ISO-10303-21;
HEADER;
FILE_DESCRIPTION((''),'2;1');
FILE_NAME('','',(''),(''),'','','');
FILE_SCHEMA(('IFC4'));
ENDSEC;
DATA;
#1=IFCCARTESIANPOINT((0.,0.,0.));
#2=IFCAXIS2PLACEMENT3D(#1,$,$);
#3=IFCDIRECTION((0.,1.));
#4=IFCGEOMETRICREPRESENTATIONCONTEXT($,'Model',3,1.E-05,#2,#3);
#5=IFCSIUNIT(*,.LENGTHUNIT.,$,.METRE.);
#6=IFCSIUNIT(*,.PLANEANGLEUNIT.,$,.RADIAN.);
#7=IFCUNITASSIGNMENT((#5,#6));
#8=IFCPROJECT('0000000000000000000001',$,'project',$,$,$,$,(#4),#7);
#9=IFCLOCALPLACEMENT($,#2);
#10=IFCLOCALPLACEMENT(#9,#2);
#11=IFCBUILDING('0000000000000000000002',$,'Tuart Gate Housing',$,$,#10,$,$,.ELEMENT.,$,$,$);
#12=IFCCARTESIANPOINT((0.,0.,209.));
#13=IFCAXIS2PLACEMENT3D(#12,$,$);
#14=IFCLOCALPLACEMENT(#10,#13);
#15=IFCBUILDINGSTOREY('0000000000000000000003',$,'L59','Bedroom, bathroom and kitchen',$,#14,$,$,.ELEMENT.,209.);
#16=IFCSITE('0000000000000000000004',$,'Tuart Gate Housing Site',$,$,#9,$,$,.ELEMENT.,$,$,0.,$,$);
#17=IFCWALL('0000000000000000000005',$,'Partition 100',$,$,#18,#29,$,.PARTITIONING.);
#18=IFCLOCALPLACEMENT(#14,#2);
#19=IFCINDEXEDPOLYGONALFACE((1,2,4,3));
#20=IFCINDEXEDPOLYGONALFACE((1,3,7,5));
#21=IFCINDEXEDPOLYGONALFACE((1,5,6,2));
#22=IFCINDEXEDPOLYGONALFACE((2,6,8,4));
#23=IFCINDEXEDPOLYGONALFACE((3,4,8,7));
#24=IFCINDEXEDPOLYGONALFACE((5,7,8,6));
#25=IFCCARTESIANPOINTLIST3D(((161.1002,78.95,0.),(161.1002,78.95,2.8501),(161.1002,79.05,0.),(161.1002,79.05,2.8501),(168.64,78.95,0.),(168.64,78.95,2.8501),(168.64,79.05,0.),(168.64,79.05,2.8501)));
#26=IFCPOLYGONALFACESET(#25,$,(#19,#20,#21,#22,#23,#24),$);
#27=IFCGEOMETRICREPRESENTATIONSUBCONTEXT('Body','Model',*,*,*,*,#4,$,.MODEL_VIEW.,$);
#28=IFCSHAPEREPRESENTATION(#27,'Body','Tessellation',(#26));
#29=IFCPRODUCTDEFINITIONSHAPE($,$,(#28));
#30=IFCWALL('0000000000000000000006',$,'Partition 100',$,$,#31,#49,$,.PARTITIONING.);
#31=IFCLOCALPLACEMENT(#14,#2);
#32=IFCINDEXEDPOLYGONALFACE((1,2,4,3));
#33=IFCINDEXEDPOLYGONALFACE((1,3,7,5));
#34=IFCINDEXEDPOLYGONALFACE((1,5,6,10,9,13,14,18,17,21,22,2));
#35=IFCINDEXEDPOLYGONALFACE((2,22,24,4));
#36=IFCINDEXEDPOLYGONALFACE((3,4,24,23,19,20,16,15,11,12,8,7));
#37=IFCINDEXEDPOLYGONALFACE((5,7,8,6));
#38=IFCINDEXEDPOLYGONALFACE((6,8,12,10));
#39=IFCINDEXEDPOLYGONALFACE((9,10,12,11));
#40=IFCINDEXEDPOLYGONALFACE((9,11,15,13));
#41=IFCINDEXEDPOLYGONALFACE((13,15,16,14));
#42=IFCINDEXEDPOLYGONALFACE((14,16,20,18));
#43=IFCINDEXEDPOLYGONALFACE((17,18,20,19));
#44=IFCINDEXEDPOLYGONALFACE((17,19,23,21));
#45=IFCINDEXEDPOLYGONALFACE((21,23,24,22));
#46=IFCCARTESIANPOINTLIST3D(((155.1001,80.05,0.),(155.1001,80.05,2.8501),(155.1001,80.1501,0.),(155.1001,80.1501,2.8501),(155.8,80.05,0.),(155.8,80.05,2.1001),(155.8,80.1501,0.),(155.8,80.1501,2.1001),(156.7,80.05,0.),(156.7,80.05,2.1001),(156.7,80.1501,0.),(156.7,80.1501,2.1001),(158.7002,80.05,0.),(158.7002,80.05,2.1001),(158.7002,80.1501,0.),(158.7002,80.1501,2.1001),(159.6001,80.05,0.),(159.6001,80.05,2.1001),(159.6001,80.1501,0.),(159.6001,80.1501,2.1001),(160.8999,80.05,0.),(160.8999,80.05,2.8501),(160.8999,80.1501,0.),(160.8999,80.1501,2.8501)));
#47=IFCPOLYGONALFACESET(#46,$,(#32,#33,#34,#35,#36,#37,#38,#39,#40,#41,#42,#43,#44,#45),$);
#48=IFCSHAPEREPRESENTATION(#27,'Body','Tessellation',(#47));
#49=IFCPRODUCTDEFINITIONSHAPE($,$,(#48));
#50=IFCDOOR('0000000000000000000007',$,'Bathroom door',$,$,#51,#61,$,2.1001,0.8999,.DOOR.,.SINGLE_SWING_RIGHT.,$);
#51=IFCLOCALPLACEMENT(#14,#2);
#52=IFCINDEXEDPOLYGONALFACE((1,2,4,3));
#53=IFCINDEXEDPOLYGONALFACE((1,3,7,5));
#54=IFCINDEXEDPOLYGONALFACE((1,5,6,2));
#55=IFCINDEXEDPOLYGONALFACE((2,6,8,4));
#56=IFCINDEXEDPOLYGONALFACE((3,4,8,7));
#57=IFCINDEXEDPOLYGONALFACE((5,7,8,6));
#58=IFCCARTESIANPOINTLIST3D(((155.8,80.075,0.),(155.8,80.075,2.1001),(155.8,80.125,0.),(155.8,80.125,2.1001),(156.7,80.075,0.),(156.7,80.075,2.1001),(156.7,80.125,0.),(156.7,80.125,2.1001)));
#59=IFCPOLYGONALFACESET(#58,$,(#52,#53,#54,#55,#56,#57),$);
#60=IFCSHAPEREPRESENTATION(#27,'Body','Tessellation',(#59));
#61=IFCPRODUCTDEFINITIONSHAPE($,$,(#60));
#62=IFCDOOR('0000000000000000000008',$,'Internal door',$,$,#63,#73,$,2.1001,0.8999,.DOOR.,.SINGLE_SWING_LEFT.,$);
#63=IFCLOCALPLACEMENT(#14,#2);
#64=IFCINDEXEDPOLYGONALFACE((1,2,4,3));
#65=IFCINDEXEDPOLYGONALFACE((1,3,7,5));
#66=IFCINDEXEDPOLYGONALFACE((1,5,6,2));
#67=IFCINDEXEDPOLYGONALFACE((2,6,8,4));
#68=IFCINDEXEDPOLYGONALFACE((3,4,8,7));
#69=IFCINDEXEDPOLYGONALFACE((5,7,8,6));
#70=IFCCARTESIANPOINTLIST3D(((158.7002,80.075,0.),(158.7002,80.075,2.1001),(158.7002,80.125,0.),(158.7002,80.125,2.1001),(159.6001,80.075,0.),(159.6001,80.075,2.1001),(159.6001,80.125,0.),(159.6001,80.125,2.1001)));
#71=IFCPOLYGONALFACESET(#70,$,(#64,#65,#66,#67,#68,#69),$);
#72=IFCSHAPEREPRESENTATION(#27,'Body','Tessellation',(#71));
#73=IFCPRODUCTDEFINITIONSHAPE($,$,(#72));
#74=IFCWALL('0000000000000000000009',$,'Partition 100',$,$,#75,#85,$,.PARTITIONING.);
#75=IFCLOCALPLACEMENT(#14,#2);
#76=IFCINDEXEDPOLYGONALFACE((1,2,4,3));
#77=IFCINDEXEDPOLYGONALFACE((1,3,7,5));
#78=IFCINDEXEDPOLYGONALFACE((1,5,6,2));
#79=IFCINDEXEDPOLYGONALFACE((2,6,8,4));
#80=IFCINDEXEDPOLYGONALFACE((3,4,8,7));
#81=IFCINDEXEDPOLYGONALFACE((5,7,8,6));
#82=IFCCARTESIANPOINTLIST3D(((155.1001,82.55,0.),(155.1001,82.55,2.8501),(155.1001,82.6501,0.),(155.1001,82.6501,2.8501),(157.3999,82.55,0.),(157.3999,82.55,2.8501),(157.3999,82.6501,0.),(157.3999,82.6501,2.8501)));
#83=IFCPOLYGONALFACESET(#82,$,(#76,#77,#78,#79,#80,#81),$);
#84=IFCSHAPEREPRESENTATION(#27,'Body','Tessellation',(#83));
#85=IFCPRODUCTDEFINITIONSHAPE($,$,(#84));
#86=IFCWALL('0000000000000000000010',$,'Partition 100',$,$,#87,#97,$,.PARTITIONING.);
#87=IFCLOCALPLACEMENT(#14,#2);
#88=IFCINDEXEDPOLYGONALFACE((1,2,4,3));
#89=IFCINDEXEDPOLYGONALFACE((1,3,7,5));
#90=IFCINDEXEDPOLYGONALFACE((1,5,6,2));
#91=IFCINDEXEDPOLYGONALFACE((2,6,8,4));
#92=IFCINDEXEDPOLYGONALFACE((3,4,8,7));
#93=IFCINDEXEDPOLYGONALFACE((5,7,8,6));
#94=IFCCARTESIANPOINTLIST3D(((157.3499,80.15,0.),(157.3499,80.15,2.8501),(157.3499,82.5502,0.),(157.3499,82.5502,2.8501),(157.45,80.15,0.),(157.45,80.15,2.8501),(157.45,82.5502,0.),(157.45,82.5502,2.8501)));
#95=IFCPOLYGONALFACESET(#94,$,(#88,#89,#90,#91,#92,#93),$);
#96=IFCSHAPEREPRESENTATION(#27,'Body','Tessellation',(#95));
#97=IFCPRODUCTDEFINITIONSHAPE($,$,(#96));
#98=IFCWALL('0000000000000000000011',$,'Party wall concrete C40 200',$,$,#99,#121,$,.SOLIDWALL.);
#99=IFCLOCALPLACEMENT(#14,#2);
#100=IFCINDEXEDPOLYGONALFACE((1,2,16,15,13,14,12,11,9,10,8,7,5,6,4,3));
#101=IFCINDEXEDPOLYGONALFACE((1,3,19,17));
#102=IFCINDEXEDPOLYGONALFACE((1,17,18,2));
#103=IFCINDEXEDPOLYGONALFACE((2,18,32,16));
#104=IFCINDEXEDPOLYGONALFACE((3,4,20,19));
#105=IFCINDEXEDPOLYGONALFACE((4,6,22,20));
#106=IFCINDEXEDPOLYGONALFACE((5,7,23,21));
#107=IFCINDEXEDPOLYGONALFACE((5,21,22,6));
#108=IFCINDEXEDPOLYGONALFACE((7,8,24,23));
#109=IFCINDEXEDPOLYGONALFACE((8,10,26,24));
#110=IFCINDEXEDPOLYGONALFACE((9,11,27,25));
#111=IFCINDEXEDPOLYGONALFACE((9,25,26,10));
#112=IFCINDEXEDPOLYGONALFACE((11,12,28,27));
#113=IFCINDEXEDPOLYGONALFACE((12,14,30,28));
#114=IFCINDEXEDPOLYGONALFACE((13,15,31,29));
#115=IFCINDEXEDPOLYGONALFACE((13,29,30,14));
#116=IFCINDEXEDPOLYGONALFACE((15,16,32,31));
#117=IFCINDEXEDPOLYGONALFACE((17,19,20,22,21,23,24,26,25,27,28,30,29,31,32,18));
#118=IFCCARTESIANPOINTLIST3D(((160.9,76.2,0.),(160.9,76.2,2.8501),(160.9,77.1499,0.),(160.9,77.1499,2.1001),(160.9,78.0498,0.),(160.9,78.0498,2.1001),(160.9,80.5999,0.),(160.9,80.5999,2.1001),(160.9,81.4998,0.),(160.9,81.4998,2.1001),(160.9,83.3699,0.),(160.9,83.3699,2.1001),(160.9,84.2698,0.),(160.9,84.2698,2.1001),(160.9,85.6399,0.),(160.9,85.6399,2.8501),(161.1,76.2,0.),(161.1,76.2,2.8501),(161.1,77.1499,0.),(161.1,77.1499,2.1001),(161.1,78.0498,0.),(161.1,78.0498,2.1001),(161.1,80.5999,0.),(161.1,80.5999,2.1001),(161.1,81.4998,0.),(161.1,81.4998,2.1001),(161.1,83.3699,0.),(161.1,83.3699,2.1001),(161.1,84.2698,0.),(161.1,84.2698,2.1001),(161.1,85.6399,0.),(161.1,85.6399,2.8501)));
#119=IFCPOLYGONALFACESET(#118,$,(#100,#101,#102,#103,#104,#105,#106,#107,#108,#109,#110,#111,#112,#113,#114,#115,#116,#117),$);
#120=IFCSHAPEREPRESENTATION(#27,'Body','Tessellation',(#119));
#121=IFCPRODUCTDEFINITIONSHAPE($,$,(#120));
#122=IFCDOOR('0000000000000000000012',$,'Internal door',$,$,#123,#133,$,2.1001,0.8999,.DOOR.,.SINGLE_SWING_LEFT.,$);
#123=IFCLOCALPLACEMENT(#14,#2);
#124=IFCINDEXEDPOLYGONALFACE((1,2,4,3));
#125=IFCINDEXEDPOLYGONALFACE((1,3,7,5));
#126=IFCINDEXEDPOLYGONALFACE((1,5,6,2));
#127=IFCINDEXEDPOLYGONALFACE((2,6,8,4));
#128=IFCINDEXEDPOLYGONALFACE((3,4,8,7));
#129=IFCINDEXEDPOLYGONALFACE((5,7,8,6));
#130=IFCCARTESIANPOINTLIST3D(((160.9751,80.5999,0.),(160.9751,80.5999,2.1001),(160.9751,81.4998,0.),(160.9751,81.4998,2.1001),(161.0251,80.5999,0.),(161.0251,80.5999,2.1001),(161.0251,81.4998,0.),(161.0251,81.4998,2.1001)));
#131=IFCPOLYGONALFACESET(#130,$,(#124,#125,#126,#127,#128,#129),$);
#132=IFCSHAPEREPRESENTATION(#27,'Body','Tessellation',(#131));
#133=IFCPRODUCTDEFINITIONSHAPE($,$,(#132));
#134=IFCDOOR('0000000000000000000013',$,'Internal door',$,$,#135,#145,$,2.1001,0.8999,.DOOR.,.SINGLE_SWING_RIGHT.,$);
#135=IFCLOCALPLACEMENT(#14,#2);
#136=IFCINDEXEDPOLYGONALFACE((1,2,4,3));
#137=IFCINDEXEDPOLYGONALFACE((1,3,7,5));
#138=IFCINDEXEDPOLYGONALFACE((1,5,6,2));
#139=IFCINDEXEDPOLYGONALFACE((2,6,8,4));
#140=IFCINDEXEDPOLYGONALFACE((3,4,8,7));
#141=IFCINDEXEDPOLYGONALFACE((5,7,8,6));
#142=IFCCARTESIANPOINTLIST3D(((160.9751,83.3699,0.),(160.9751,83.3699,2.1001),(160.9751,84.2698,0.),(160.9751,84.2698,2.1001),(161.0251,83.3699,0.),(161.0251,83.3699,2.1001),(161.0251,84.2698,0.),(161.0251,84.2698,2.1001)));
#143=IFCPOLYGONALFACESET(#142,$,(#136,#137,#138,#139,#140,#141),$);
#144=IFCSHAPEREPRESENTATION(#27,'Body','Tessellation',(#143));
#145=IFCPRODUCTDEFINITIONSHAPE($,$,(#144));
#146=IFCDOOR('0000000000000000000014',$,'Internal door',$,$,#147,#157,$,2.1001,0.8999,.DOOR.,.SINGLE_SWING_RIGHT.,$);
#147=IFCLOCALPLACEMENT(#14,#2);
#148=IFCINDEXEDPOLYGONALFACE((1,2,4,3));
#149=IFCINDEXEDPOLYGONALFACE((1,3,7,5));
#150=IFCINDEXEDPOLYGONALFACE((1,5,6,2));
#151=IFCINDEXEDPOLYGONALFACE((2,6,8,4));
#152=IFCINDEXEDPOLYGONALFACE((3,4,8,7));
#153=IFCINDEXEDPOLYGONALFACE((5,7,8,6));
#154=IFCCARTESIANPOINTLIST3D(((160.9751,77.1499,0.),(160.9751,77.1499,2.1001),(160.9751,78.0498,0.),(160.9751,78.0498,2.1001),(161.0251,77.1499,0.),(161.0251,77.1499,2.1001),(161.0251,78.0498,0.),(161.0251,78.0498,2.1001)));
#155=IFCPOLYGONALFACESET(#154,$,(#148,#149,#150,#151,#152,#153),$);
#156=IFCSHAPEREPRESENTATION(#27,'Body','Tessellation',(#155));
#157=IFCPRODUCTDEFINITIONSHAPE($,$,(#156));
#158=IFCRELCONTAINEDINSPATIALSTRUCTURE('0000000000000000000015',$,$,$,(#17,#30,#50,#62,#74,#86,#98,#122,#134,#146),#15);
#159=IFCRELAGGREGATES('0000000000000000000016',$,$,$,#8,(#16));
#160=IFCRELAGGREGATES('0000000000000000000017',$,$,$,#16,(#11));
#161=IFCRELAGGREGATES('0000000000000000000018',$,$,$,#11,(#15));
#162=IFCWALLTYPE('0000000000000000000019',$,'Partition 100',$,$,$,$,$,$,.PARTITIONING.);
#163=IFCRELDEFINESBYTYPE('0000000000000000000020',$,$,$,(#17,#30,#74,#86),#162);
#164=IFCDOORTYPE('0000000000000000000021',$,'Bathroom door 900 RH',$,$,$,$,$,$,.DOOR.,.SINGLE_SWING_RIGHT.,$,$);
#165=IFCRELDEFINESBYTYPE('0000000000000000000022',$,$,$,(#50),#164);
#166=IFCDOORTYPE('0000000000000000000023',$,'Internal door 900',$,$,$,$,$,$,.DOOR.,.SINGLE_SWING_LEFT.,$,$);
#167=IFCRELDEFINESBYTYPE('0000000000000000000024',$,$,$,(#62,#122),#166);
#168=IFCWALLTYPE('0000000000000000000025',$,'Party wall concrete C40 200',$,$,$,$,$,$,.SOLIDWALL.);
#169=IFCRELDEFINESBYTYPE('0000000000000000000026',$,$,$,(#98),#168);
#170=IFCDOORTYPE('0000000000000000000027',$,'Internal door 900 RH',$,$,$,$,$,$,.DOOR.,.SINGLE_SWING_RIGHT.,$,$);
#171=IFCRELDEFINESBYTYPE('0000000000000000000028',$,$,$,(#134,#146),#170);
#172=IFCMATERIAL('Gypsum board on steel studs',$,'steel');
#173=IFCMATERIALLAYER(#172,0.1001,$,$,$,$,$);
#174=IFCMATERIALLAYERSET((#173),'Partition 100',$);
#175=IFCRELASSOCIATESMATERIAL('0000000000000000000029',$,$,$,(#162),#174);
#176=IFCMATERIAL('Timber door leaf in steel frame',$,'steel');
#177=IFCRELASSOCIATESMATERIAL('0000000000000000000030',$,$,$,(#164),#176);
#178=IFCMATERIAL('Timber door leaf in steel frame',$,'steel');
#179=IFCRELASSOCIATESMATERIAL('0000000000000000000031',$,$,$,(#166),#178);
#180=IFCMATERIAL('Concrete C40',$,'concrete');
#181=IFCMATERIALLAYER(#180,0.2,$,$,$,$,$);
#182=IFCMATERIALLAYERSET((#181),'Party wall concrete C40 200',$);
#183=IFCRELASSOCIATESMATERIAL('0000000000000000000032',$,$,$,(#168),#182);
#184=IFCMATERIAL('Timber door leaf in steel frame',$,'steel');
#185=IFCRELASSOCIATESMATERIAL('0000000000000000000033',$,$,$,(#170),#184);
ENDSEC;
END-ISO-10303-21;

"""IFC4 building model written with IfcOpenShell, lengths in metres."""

from ifc_helpers import new_model, si_unit, direction, frame, frame_2d, origin, place, context, subcontext, project, spatial, rectangle, extrude, material, layer, layer_set, type_object, element, fill, save


model = new_model("IFC4")

# Units and contexts
model_context = context("Model", 3, precision=1e-05, world=origin(), true_north=direction((0.0, 1.0)))
body_context = subcontext(model_context, "Body", "Model", "MODEL_VIEW")
ifc_project = project(units=[si_unit("LENGTHUNIT", "METRE"), si_unit("PLANEANGLEUNIT", "RADIAN")], contexts=[model_context])

# Site, building, storey
site_placement = place(None, origin())
site = spatial("IfcSite", under=ifc_project, at=site_placement, Name="Tuart Gate Housing Site", CompositionType="ELEMENT", RefElevation=0.0)
building_placement = place(site_placement, origin())
building = spatial("IfcBuilding", under=site, at=building_placement, Name="Tuart Gate Housing", CompositionType="ELEMENT")
storey_placement = place(building_placement, frame((0.0, 0.0, 209.0)))
storey = spatial("IfcBuildingStorey", under=building, at=storey_placement, Name="L59", Description="Bedroom, bathroom and kitchen", CompositionType="ELEMENT", Elevation=209.0)

# Wall
ifc_material_1 = material(Name="Gypsum board on steel studs", Category="steel")
ifc_layer_1 = layer(ifc_material_1, 0.1001)
ifc_layer_set_1 = layer_set([ifc_layer_1], Name="Partition 100")
wall_type_1 = type_object("IfcWallType", Name="Partition 100", PredefinedType="PARTITIONING", material=ifc_layer_set_1)
wall_1_placement = place(storey_placement, frame((161.1001, 79.0, 0.0), z_axis=(0.0, 0.0, 1.0), x_axis=(1.0, 0.0, 0.0)))
element("IfcWall", 1, at=wall_1_placement, inside=storey, type_object=wall_type_1, Name="Partition 100", PredefinedType="PARTITIONING", context=body_context, shape_type="SweptSolid", body=[
    extrude(rectangle(XDim=7.5398, YDim=0.1001, at=frame_2d((3.77, 0.0))), origin(), (0.0, 0.0, 1.0), 2.8501),
])

# Wall, openings, doors
wall_2_placement = place(storey_placement, frame((155.1001, 80.1001, 0.0), z_axis=(0.0, 0.0, 1.0), x_axis=(1.0, 0.0, 0.0)))
wall_2 = element("IfcWall", 2, at=wall_2_placement, inside=storey, type_object=wall_type_1, Name="Partition 100", PredefinedType="PARTITIONING", context=body_context, shape_type="SweptSolid", body=[
    extrude(rectangle(XDim=5.7998, YDim=0.1001, at=frame_2d((2.8999, 0.0))), origin(), (0.0, 0.0, 1.0), 2.8501),
])
opening_1_placement = place(wall_2_placement, frame((3.6001, 0.0, 0.0)))
opening_1 = element("IfcOpeningElement", 3, at=opening_1_placement, cuts=wall_2, PredefinedType="OPENING", context=body_context, shape_type="SweptSolid", body=[
    extrude(rectangle(XDim=0.8999, YDim=2.1001, at=frame_2d((0.45, 1.05))), frame((0.0, 0.0601, 0.0), z_axis=(0.0, -1.0, 0.0), x_axis=(1.0, 0.0, 0.0)), (0.0, 0.0, 1.0), 0.1201),
])
opening_2_placement = place(wall_2_placement, frame((0.7, 0.0, 0.0)))
opening_2 = element("IfcOpeningElement", 4, at=opening_2_placement, cuts=wall_2, PredefinedType="OPENING", context=body_context, shape_type="SweptSolid", body=[
    extrude(rectangle(XDim=0.8999, YDim=2.1001, at=frame_2d((0.45, 1.05))), frame((0.0, 0.0601, 0.0), z_axis=(0.0, -1.0, 0.0), x_axis=(1.0, 0.0, 0.0)), (0.0, 0.0, 1.0), 0.1201),
])
ifc_material_2 = material(Name="Timber door leaf in steel frame", Category="steel")
door_type_1 = type_object("IfcDoorType", Name="Bathroom door 900 RH", OperationType="SINGLE_SWING_RIGHT", PredefinedType="DOOR", material=ifc_material_2)
door_1_placement = place(opening_2_placement, origin())
door_1 = element("IfcDoor", 5, at=door_1_placement, inside=storey, type_object=door_type_1, Name="Bathroom door", OperationType="SINGLE_SWING_RIGHT", OverallHeight=2.1001, OverallWidth=0.8999, PredefinedType="DOOR", context=body_context, shape_type="SweptSolid", body=[
    extrude(rectangle(XDim=0.8999, YDim=2.1001, at=frame_2d((0.45, 1.05))), frame((0.0, 0.0249, 0.0), z_axis=(0.0, -1.0, 0.0), x_axis=(1.0, 0.0, 0.0)), (0.0, 0.0, 1.0), 0.05),
])
fill(opening_2, door_1)
ifc_material_3 = material(Name="Timber door leaf in steel frame", Category="steel")
door_type_2 = type_object("IfcDoorType", Name="Internal door 900", OperationType="SINGLE_SWING_LEFT", PredefinedType="DOOR", material=ifc_material_3)
door_2_placement = place(opening_1_placement, frame((0.8999, 0.0, 0.0), z_axis=(0.0, 0.0, 1.0), x_axis=(-1.0, 0.0, 0.0)))
door_2 = element("IfcDoor", 6, at=door_2_placement, inside=storey, type_object=door_type_2, Name="Internal door", OperationType="SINGLE_SWING_LEFT", OverallHeight=2.1001, OverallWidth=0.8999, PredefinedType="DOOR", context=body_context, shape_type="SweptSolid", body=[
    extrude(rectangle(XDim=0.8999, YDim=2.1001, at=frame_2d((0.45, 1.05))), frame((0.0, 0.0251, 0.0), z_axis=(0.0, -1.0, 0.0), x_axis=(1.0, 0.0, 0.0)), (0.0, 0.0, 1.0), 0.05),
])
fill(opening_1, door_2)

# Walls
wall_3_placement = place(storey_placement, frame((155.1001, 82.6001, 0.0), z_axis=(0.0, 0.0, 1.0), x_axis=(1.0, 0.0, 0.0)))
element("IfcWall", 7, at=wall_3_placement, inside=storey, type_object=wall_type_1, Name="Partition 100", PredefinedType="PARTITIONING", context=body_context, shape_type="SweptSolid", body=[
    extrude(rectangle(XDim=2.2998, YDim=0.1001, at=frame_2d((1.1499, 0.0))), origin(), (0.0, 0.0, 1.0), 2.8501),
])
wall_4_placement = place(storey_placement, frame((157.3999, 80.1499, 0.0), z_axis=(0.0, 0.0, 1.0), x_axis=(0.0, 1.0, 0.0)))
element("IfcWall", 8, at=wall_4_placement, inside=storey, type_object=wall_type_1, Name="Partition 100", PredefinedType="PARTITIONING", context=body_context, shape_type="SweptSolid", body=[
    extrude(rectangle(XDim=2.4001, YDim=0.1001, at=frame_2d((1.2002, 0.0))), origin(), (0.0, 0.0, 1.0), 2.8501),
])

# Wall, openings, doors
ifc_material_4 = material(Name="Concrete C40", Category="concrete")
ifc_layer_2 = layer(ifc_material_4, 0.2)
ifc_layer_set_2 = layer_set([ifc_layer_2], Name="Party wall concrete C40 200")
wall_type_2 = type_object("IfcWallType", Name="Party wall concrete C40 200", PredefinedType="SOLIDWALL", material=ifc_layer_set_2)
wall_5_placement = place(storey_placement, frame((161.0, 76.2, 0.0), z_axis=(0.0, 0.0, 1.0), x_axis=(0.0, 1.0, 0.0)))
wall_5 = element("IfcWall", 9, at=wall_5_placement, inside=storey, type_object=wall_type_2, Name="Party wall concrete C40 200", PredefinedType="SOLIDWALL", context=body_context, shape_type="SweptSolid", body=[
    extrude(rectangle(XDim=9.4399, YDim=0.2, at=frame_2d((4.72, 0.0))), origin(), (0.0, 0.0, 1.0), 2.8501),
])
opening_3_placement = place(wall_5_placement, frame((7.1699, 0.0, 0.0)))
opening_3 = element("IfcOpeningElement", 10, at=opening_3_placement, cuts=wall_5, PredefinedType="OPENING", context=body_context, shape_type="SweptSolid", body=[
    extrude(rectangle(XDim=0.8999, YDim=2.1001, at=frame_2d((0.45, 1.05))), frame((0.0, 0.1099, 0.0), z_axis=(0.0, -1.0, 0.0), x_axis=(1.0, 0.0, 0.0)), (0.0, 0.0, 1.0), 0.22),
])
opening_4_placement = place(wall_5_placement, frame((4.3999, 0.0, 0.0)))
opening_4 = element("IfcOpeningElement", 11, at=opening_4_placement, cuts=wall_5, PredefinedType="OPENING", context=body_context, shape_type="SweptSolid", body=[
    extrude(rectangle(XDim=0.8999, YDim=2.1001, at=frame_2d((0.45, 1.05))), frame((0.0, 0.1099, 0.0), z_axis=(0.0, -1.0, 0.0), x_axis=(1.0, 0.0, 0.0)), (0.0, 0.0, 1.0), 0.22),
])
opening_5_placement = place(wall_5_placement, frame((0.95, 0.0, 0.0)))
opening_5 = element("IfcOpeningElement", 12, at=opening_5_placement, cuts=wall_5, PredefinedType="OPENING", context=body_context, shape_type="SweptSolid", body=[
    extrude(rectangle(XDim=0.8999, YDim=2.1001, at=frame_2d((0.45, 1.05))), frame((0.0, 0.1099, 0.0), z_axis=(0.0, -1.0, 0.0), x_axis=(1.0, 0.0, 0.0)), (0.0, 0.0, 1.0), 0.22),
])
door_3_placement = place(opening_4_placement, frame((0.8999, 0.0, 0.0), z_axis=(0.0, 0.0, 1.0), x_axis=(-1.0, 0.0, 0.0)))
door_3 = element("IfcDoor", 13, at=door_3_placement, inside=storey, type_object=door_type_2, Name="Internal door", OperationType="SINGLE_SWING_LEFT", OverallHeight=2.1001, OverallWidth=0.8999, PredefinedType="DOOR", context=body_context, shape_type="SweptSolid", body=[
    extrude(rectangle(XDim=0.8999, YDim=2.1001, at=frame_2d((0.45, 1.05))), frame((0.0, 0.0251, 0.0), z_axis=(0.0, -1.0, 0.0), x_axis=(1.0, 0.0, 0.0)), (0.0, 0.0, 1.0), 0.05),
])
fill(opening_4, door_3)
ifc_material_5 = material(Name="Timber door leaf in steel frame", Category="steel")
door_type_3 = type_object("IfcDoorType", Name="Internal door 900 RH", OperationType="SINGLE_SWING_RIGHT", PredefinedType="DOOR", material=ifc_material_5)
door_4_placement = place(opening_3_placement, frame((0.8999, 0.0, 0.0), z_axis=(0.0, 0.0, 1.0), x_axis=(-1.0, 0.0, 0.0)))
door_4 = element("IfcDoor", 14, at=door_4_placement, inside=storey, type_object=door_type_3, Name="Internal door", OperationType="SINGLE_SWING_RIGHT", OverallHeight=2.1001, OverallWidth=0.8999, PredefinedType="DOOR", context=body_context, shape_type="SweptSolid", body=[
    extrude(rectangle(XDim=0.8999, YDim=2.1001, at=frame_2d((0.45, 1.05))), frame((0.0, 0.0251, 0.0), z_axis=(0.0, -1.0, 0.0), x_axis=(1.0, 0.0, 0.0)), (0.0, 0.0, 1.0), 0.05),
])
fill(opening_3, door_4)
door_5_placement = place(opening_5_placement, frame((0.8999, 0.0, 0.0), z_axis=(0.0, 0.0, 1.0), x_axis=(-1.0, 0.0, 0.0)))
door_5 = element("IfcDoor", 15, at=door_5_placement, inside=storey, type_object=door_type_3, Name="Internal door", OperationType="SINGLE_SWING_RIGHT", OverallHeight=2.1001, OverallWidth=0.8999, PredefinedType="DOOR", context=body_context, shape_type="SweptSolid", body=[
    extrude(rectangle(XDim=0.8999, YDim=2.1001, at=frame_2d((0.45, 1.05))), frame((0.0, 0.0251, 0.0), z_axis=(0.0, -1.0, 0.0), x_axis=(1.0, 0.0, 0.0)), (0.0, 0.0, 1.0), 0.05),
])
fill(opening_5, door_5)

save(model, "model.ifc")
